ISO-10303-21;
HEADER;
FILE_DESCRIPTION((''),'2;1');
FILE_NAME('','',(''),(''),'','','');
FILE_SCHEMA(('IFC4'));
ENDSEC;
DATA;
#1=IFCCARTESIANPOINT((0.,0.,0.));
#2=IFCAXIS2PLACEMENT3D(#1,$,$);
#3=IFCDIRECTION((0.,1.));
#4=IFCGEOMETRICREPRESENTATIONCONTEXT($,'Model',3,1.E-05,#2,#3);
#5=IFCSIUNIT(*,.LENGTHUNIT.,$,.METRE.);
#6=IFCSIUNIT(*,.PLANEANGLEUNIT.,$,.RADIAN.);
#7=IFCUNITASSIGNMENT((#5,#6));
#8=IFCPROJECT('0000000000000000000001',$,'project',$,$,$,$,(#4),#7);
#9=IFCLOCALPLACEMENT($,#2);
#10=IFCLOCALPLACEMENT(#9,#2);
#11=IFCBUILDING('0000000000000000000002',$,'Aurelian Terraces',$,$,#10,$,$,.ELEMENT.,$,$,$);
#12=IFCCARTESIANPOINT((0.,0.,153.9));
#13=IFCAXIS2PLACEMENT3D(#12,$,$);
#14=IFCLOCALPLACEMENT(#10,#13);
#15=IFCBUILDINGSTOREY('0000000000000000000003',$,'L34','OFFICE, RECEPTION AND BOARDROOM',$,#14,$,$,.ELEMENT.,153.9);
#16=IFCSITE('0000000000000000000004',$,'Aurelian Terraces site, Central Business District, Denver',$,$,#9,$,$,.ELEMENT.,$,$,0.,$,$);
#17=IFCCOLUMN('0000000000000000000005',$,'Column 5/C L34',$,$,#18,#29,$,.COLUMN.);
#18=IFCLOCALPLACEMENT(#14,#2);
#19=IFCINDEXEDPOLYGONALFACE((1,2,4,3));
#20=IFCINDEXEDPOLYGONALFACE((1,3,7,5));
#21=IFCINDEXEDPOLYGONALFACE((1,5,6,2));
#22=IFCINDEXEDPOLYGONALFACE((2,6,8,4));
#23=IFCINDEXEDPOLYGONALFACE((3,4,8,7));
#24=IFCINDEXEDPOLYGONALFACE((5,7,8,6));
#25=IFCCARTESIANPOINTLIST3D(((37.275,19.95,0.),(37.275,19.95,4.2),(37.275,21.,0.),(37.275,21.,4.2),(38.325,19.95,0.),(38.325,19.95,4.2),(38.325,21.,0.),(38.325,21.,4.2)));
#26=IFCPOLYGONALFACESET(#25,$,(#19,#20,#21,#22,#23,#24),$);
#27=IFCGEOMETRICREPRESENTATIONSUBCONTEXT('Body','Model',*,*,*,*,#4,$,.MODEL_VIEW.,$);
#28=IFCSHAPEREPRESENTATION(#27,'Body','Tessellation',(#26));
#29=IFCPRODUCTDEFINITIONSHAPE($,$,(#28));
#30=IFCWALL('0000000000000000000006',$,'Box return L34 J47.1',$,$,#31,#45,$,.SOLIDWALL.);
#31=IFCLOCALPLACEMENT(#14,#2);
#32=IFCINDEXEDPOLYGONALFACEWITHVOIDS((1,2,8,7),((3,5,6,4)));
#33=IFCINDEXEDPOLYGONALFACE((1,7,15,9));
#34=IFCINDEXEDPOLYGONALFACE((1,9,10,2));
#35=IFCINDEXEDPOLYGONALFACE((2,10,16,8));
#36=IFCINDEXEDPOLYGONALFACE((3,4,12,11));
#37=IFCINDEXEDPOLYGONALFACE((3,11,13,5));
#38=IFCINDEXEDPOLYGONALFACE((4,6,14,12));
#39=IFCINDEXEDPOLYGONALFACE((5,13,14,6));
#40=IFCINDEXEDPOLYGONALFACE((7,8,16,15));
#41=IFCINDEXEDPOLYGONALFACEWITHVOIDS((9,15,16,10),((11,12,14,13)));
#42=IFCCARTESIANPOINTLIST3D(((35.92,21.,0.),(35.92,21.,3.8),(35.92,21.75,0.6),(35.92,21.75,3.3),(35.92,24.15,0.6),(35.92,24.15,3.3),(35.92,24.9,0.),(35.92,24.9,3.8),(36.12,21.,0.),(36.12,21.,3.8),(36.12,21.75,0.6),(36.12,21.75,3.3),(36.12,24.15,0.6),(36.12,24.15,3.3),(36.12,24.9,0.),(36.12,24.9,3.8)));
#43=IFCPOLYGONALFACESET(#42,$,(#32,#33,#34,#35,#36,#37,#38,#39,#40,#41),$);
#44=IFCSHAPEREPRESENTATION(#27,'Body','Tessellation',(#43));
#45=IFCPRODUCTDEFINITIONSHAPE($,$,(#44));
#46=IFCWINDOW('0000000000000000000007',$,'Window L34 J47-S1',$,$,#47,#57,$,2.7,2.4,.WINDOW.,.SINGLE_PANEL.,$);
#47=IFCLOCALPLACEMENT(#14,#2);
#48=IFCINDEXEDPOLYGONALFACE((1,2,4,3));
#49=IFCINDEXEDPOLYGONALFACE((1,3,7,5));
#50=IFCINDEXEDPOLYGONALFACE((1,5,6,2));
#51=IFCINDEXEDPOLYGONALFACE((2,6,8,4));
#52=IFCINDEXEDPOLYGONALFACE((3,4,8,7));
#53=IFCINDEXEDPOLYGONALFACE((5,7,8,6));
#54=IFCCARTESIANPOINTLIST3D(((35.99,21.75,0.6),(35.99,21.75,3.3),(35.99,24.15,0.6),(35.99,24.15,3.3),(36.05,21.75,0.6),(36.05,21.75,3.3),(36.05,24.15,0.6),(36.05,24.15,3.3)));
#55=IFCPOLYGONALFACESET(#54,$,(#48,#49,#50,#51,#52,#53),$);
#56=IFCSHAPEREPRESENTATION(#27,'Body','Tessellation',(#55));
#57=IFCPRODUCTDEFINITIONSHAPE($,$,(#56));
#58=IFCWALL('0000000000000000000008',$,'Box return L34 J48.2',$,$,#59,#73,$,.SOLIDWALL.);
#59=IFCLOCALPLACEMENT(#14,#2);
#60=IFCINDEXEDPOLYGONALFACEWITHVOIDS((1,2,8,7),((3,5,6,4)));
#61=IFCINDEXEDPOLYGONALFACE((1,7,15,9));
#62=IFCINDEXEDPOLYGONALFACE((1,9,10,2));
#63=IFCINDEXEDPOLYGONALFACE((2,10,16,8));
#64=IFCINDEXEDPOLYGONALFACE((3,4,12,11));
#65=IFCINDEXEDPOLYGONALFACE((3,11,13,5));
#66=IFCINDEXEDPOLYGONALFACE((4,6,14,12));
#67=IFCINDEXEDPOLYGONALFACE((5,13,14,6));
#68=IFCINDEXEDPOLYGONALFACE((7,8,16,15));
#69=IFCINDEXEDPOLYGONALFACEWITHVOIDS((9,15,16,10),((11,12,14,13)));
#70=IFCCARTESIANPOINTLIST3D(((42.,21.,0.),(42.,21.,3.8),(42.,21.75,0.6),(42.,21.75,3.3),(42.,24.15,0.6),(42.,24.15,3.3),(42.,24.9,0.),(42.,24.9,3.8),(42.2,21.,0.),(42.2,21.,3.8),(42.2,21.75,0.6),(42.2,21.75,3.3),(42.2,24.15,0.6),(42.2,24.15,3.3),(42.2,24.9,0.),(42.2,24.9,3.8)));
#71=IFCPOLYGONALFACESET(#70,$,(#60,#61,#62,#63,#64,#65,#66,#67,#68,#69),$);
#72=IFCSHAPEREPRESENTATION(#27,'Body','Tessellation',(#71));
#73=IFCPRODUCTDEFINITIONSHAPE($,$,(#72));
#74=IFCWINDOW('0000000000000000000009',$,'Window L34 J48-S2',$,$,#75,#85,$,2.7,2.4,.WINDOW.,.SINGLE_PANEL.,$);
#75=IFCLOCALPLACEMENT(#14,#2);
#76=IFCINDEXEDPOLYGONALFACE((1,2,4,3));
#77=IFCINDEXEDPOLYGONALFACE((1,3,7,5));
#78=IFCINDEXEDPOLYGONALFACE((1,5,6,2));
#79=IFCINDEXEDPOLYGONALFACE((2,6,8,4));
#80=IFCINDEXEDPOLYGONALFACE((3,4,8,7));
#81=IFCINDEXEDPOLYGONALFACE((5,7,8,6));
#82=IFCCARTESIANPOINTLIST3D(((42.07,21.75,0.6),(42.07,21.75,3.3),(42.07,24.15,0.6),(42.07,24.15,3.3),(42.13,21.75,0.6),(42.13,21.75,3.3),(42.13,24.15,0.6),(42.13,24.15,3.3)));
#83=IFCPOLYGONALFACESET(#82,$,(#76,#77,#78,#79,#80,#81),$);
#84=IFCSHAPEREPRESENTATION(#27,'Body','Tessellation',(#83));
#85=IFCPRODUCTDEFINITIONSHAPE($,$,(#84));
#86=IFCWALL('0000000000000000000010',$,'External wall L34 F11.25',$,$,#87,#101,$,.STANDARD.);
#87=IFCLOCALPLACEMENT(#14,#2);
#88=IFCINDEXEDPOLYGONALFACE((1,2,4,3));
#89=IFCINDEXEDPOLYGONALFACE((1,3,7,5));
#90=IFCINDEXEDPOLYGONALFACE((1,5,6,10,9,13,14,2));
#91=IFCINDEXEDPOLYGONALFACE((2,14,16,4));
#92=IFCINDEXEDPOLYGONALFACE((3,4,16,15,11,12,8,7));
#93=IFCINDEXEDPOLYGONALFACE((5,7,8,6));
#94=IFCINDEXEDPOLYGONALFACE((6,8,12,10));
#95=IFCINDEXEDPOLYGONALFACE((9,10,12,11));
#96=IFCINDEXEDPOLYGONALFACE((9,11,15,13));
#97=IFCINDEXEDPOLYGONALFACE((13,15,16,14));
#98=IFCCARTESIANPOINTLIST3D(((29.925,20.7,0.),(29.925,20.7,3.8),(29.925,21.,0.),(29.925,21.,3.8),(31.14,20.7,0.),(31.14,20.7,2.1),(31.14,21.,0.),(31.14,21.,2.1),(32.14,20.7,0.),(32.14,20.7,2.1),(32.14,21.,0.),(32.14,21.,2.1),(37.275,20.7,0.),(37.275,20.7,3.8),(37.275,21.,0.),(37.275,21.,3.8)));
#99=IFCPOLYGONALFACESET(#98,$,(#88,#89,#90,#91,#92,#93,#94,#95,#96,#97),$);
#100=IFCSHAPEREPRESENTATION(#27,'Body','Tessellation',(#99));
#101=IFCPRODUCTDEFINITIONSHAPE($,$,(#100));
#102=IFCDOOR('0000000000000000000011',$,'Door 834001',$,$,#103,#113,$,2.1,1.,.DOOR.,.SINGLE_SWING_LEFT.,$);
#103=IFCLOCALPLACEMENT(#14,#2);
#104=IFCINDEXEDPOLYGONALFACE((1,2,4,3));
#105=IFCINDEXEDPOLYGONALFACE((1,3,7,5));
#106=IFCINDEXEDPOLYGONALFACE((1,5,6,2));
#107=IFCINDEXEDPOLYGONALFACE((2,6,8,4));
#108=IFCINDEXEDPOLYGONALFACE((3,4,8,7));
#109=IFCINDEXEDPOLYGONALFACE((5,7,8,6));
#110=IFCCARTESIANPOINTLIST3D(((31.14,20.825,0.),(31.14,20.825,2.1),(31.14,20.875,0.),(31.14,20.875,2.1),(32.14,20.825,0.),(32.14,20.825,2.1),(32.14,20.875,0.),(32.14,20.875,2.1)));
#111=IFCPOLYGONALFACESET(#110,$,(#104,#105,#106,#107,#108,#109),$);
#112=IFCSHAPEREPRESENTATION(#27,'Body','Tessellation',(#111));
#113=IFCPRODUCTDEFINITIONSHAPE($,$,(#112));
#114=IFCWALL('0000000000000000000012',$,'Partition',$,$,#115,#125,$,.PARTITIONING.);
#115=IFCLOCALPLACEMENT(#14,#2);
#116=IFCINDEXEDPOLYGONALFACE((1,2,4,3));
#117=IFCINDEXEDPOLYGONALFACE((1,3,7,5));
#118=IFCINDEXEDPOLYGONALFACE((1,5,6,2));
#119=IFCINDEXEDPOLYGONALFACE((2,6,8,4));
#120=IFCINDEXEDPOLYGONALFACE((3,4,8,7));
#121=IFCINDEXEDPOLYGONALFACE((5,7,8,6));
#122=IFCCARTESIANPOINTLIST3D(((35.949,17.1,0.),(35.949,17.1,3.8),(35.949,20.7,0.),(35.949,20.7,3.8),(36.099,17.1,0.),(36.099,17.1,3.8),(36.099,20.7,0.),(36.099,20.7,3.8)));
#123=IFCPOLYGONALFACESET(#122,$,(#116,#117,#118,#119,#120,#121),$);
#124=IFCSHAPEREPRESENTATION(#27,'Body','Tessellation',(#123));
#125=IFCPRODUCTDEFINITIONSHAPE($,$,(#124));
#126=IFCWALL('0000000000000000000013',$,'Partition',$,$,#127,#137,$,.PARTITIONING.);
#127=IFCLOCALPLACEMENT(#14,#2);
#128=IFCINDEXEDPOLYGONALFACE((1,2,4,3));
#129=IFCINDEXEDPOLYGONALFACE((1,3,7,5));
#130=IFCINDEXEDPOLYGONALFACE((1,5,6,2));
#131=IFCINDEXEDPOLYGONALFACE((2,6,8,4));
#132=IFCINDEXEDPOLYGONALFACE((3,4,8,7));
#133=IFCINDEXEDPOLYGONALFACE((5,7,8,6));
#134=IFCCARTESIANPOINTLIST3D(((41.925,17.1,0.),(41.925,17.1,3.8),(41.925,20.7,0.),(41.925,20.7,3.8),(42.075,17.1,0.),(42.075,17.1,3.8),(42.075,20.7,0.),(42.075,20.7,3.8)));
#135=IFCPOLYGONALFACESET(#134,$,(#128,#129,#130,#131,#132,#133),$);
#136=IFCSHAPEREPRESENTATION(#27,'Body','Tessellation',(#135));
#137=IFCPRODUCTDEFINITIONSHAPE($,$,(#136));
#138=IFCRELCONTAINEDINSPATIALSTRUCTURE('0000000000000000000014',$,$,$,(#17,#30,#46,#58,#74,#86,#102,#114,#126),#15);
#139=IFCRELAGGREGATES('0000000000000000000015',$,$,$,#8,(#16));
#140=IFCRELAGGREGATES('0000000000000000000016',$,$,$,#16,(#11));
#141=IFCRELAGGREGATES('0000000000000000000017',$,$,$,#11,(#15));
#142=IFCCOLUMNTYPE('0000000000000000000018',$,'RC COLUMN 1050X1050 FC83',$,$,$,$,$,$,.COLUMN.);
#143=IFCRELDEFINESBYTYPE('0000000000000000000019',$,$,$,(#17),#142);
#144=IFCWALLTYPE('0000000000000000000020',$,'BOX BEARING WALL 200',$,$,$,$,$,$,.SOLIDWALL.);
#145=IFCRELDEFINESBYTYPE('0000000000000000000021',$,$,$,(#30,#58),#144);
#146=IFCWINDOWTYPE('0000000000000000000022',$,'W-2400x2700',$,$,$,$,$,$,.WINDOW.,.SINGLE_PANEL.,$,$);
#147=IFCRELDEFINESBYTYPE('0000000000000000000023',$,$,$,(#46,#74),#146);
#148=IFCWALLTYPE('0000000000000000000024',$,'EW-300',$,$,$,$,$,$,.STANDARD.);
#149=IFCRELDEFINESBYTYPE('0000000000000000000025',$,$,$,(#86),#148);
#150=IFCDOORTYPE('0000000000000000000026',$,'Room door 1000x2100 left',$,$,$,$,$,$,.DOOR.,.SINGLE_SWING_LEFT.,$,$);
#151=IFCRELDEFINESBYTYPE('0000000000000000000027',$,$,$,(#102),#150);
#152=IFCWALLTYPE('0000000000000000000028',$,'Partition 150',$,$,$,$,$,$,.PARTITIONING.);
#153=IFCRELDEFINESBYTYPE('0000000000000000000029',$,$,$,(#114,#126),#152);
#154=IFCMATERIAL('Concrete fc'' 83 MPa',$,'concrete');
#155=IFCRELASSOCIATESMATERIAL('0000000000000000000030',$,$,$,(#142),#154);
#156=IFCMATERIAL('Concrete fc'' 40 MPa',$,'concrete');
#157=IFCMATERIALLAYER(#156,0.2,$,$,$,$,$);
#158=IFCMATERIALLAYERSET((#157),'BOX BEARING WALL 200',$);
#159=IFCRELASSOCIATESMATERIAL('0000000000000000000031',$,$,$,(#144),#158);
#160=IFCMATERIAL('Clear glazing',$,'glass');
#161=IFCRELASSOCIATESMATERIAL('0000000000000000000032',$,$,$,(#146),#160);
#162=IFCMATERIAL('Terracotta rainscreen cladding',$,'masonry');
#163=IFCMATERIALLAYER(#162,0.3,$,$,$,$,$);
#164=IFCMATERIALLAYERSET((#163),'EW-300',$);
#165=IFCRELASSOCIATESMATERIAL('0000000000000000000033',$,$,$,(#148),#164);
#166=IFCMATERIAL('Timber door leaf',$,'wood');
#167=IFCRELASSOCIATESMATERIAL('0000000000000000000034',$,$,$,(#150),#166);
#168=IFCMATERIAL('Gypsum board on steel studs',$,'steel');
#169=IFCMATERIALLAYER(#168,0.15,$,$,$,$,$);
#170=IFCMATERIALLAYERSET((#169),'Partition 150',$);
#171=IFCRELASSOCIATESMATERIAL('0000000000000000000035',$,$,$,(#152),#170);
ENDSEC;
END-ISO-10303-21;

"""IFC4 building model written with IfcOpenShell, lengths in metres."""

from ifc_helpers import new_model, si_unit, direction, frame, frame_2d, origin, origin_2d, place, context, subcontext, project, spatial, rectangle, extrude, source, transform, mapped, material, layer, layer_set, material_profile, profile_set, type_object, element, fill, save


model = new_model("IFC4")

# Units and contexts
model_context = context("Model", 3, precision=1e-05, world=origin(), true_north=direction((0.0, 1.0)))
body_context = subcontext(model_context, "Body", "Model", "MODEL_VIEW")
ifc_project = project(units=[si_unit("LENGTHUNIT", "METRE"), si_unit("PLANEANGLEUNIT", "RADIAN")], contexts=[model_context])

# Site, building, storey
site_placement = place(None, origin())
site = spatial("IfcSite", under=ifc_project, at=site_placement, Name="Aurelian Terraces site, Central Business District, Denver", CompositionType="ELEMENT", RefElevation=0.0)
building_placement = place(site_placement, origin())
building = spatial("IfcBuilding", under=site, at=building_placement, Name="Aurelian Terraces", CompositionType="ELEMENT")
storey_placement = place(building_placement, frame((0.0, 0.0, 153.9)))
storey = spatial("IfcBuildingStorey", under=building, at=storey_placement, Name="L34", Description="OFFICE, RECEPTION AND BOARDROOM", CompositionType="ELEMENT", Elevation=153.9)

# Column
ifc_material_1 = material(Name="Concrete fc' 83 MPa", Category="concrete")
ifc_material_profile = material_profile(ifc_material_1, rectangle(XDim=1.05, YDim=1.05, at=origin_2d()))
ifc_profile_set = profile_set([ifc_material_profile], Name="Concrete fc' 83 MPa")
column_type = type_object("IfcColumnType", Name="RC COLUMN 1050X1050 FC83", PredefinedType="COLUMN", material=ifc_profile_set)
shared_shape_1 = source(origin(), body_context, "Body", "SweptSolid", [
    extrude(rectangle(XDim=1.05, YDim=1.05, at=origin_2d()), origin(), (0.0, 0.0, 1.0), 4.2),
])
column_placement = place(storey_placement, frame((37.8, 20.475, 0.0), z_axis=(0.0, 0.0, 1.0), x_axis=(1.0, 0.0, 0.0)))
element("IfcColumn", 1, at=column_placement, inside=storey, type_object=column_type, Name="Column 5/C L34", PredefinedType="COLUMN", context=body_context, shape_type="MappedRepresentation", body=[
    mapped(shared_shape_1, transform((0.0, 0.0, 0.0), scale=1.0)),
])

# Walls, openings, windows
ifc_material_2 = material(Name="Concrete fc' 40 MPa", Category="concrete")
ifc_layer_1 = layer(ifc_material_2, 0.2)
ifc_layer_set_1 = layer_set([ifc_layer_1], Name="BOX BEARING WALL 200")
wall_type_1 = type_object("IfcWallType", Name="BOX BEARING WALL 200", PredefinedType="SOLIDWALL", material=ifc_layer_set_1)
shared_shape_2 = source(origin(), body_context, "Body", "SweptSolid", [
    extrude(rectangle(XDim=3.9, YDim=0.2, at=frame_2d((1.95, 0.0))), origin(), (0.0, 0.0, 1.0), 3.8),
])
wall_1_placement = place(storey_placement, frame((36.02, 21.0, 0.0), z_axis=(0.0, 0.0, 1.0), x_axis=(0.0, 1.0, 0.0)))
wall_1 = element("IfcWall", 2, at=wall_1_placement, inside=storey, type_object=wall_type_1, Name="Box return L34 J47.1", PredefinedType="SOLIDWALL", context=body_context, shape_type="MappedRepresentation", body=[
    mapped(shared_shape_2, transform((0.0, 0.0, 0.0), scale=1.0)),
])
shared_shape_3 = source(origin(), body_context, "Body", "SweptSolid", [
    extrude(rectangle(XDim=2.4, YDim=2.7, at=frame_2d((1.2, 1.35))), frame((0.0, 0.11, 0.0), z_axis=(0.0, -1.0, 0.0), x_axis=(1.0, 0.0, 0.0)), (0.0, 0.0, 1.0), 0.22),
])
opening_1_placement = place(wall_1_placement, frame((0.75, 0.0, 0.6)))
opening_1 = element("IfcOpeningElement", 3, at=opening_1_placement, cuts=wall_1, PredefinedType="OPENING", context=body_context, shape_type="MappedRepresentation", body=[
    mapped(shared_shape_3, transform((0.0, 0.0, 0.0), scale=1.0)),
])
ifc_material_3 = material(Name="Clear glazing", Category="glass")
window_type = type_object("IfcWindowType", Name="W-2400x2700", PartitioningType="SINGLE_PANEL", PredefinedType="WINDOW", material=ifc_material_3)
shared_shape_4 = source(origin(), body_context, "Body", "SweptSolid", [
    extrude(rectangle(XDim=2.4, YDim=2.7, at=frame_2d((1.2, 1.35))), frame((0.0, 0.03, 0.0), z_axis=(0.0, -1.0, 0.0), x_axis=(1.0, 0.0, 0.0)), (0.0, 0.0, 1.0), 0.06),
])
window_1_placement = place(opening_1_placement, origin())
window_1 = element("IfcWindow", 4, at=window_1_placement, inside=storey, type_object=window_type, Name="Window L34 J47-S1", OverallHeight=2.7, OverallWidth=2.4, PartitioningType="SINGLE_PANEL", PredefinedType="WINDOW", context=body_context, shape_type="MappedRepresentation", body=[
    mapped(shared_shape_4, transform((0.0, 0.0, 0.0), scale=1.0)),
])
fill(opening_1, window_1)
wall_2_placement = place(storey_placement, frame((42.1, 21.0, 0.0), z_axis=(0.0, 0.0, 1.0), x_axis=(0.0, 1.0, 0.0)))
wall_2 = element("IfcWall", 5, at=wall_2_placement, inside=storey, type_object=wall_type_1, Name="Box return L34 J48.2", PredefinedType="SOLIDWALL", context=body_context, shape_type="MappedRepresentation", body=[
    mapped(shared_shape_2, transform((0.0, 0.0, 0.0), scale=1.0)),
])
opening_2_placement = place(wall_2_placement, frame((0.75, 0.0, 0.6)))
opening_2 = element("IfcOpeningElement", 6, at=opening_2_placement, cuts=wall_2, PredefinedType="OPENING", context=body_context, shape_type="MappedRepresentation", body=[
    mapped(shared_shape_3, transform((0.0, 0.0, 0.0), scale=1.0)),
])
window_2_placement = place(opening_2_placement, origin())
window_2 = element("IfcWindow", 7, at=window_2_placement, inside=storey, type_object=window_type, Name="Window L34 J48-S2", OverallHeight=2.7, OverallWidth=2.4, PartitioningType="SINGLE_PANEL", PredefinedType="WINDOW", context=body_context, shape_type="MappedRepresentation", body=[
    mapped(shared_shape_4, transform((0.0, 0.0, 0.0), scale=1.0)),
])
fill(opening_2, window_2)

# Wall, opening, door
ifc_material_4 = material(Name="Terracotta rainscreen cladding", Category="masonry")
ifc_layer_2 = layer(ifc_material_4, 0.3)
ifc_layer_set_2 = layer_set([ifc_layer_2], Name="EW-300")
wall_type_2 = type_object("IfcWallType", Name="EW-300", PredefinedType="STANDARD", material=ifc_layer_set_2)
shared_shape_5 = source(origin(), body_context, "Body", "SweptSolid", [
    extrude(rectangle(XDim=7.35, YDim=0.3, at=frame_2d((3.675, 0.0))), origin(), (0.0, 0.0, 1.0), 3.8),
])
wall_3_placement = place(storey_placement, frame((37.275, 20.85, 0.0), z_axis=(0.0, 0.0, 1.0), x_axis=(-1.0, 0.0, 0.0)))
wall_3 = element("IfcWall", 8, at=wall_3_placement, inside=storey, type_object=wall_type_2, Name="External wall L34 F11.25", PredefinedType="STANDARD", context=body_context, shape_type="MappedRepresentation", body=[
    mapped(shared_shape_5, transform((0.0, 0.0, 0.0), scale=1.0)),
])
shared_shape_6 = source(origin(), body_context, "Body", "SweptSolid", [
    extrude(rectangle(XDim=1.0, YDim=2.1, at=frame_2d((0.5, 1.05))), frame((0.0, 0.16, 0.0), z_axis=(0.0, -1.0, 0.0), x_axis=(1.0, 0.0, 0.0)), (0.0, 0.0, 1.0), 0.32),
])
opening_3_placement = place(wall_3_placement, frame((5.135, 0.0, 0.0)))
opening_3 = element("IfcOpeningElement", 9, at=opening_3_placement, cuts=wall_3, PredefinedType="OPENING", context=body_context, shape_type="MappedRepresentation", body=[
    mapped(shared_shape_6, transform((0.0, 0.0, 0.0), scale=1.0)),
])
ifc_material_5 = material(Name="Timber door leaf", Category="wood")
door_type_1 = type_object("IfcDoorType", Name="Room door 1000x2100 left", OperationType="SINGLE_SWING_LEFT", PredefinedType="DOOR", material=ifc_material_5)
shared_shape_7 = source(origin(), body_context, "Body", "SweptSolid", [
    extrude(rectangle(XDim=1.0, YDim=2.1, at=frame_2d((0.5, 1.05))), frame((0.0, 0.025, 0.0), z_axis=(0.0, -1.0, 0.0), x_axis=(1.0, 0.0, 0.0)), (0.0, 0.0, 1.0), 0.05),
])
door_1_placement = place(opening_3_placement, origin())
door_1 = element("IfcDoor", 10, at=door_1_placement, inside=storey, type_object=door_type_1, Name="Door 834001", OperationType="SINGLE_SWING_LEFT", OverallHeight=2.1, OverallWidth=1.0, PredefinedType="DOOR", context=body_context, shape_type="MappedRepresentation", body=[
    mapped(shared_shape_7, transform((0.0, 0.0, 0.0), scale=1.0)),
])
fill(opening_3, door_1)

# Walls
ifc_material_6 = material(Name="Gypsum board on steel studs", Category="steel")
ifc_layer_3 = layer(ifc_material_6, 0.15)
ifc_layer_set_3 = layer_set([ifc_layer_3], Name="Partition 150")
wall_type_3 = type_object("IfcWallType", Name="Partition 150", PredefinedType="PARTITIONING", material=ifc_layer_set_3)
shared_shape_8 = source(origin(), body_context, "Body", "SweptSolid", [
    extrude(rectangle(XDim=3.6, YDim=0.15, at=frame_2d((1.8, 0.0))), origin(), (0.0, 0.0, 1.0), 3.8),
])
for number, where, z_axis, x_axis, name in (
    (11, (36.024, 20.7, 0.0), (0.0, 0.0, 1.0), (0.0, -1.0, 0.0), "Partition"),
    (12, (42.0, 17.1, 0.0), (0.0, 0.0, 1.0), (0.0, 1.0, 0.0), "Partition"),
):
    element("IfcWall", number, at=place(storey_placement, frame(where, z_axis=z_axis, x_axis=x_axis)), inside=storey, type_object=wall_type_3, Name=name, PredefinedType="PARTITIONING", context=body_context, shape_type="MappedRepresentation", body=[
        mapped(shared_shape_8, transform((0.0, 0.0, 0.0), scale=1.0)),
    ])

save(model, "model.ifc")
